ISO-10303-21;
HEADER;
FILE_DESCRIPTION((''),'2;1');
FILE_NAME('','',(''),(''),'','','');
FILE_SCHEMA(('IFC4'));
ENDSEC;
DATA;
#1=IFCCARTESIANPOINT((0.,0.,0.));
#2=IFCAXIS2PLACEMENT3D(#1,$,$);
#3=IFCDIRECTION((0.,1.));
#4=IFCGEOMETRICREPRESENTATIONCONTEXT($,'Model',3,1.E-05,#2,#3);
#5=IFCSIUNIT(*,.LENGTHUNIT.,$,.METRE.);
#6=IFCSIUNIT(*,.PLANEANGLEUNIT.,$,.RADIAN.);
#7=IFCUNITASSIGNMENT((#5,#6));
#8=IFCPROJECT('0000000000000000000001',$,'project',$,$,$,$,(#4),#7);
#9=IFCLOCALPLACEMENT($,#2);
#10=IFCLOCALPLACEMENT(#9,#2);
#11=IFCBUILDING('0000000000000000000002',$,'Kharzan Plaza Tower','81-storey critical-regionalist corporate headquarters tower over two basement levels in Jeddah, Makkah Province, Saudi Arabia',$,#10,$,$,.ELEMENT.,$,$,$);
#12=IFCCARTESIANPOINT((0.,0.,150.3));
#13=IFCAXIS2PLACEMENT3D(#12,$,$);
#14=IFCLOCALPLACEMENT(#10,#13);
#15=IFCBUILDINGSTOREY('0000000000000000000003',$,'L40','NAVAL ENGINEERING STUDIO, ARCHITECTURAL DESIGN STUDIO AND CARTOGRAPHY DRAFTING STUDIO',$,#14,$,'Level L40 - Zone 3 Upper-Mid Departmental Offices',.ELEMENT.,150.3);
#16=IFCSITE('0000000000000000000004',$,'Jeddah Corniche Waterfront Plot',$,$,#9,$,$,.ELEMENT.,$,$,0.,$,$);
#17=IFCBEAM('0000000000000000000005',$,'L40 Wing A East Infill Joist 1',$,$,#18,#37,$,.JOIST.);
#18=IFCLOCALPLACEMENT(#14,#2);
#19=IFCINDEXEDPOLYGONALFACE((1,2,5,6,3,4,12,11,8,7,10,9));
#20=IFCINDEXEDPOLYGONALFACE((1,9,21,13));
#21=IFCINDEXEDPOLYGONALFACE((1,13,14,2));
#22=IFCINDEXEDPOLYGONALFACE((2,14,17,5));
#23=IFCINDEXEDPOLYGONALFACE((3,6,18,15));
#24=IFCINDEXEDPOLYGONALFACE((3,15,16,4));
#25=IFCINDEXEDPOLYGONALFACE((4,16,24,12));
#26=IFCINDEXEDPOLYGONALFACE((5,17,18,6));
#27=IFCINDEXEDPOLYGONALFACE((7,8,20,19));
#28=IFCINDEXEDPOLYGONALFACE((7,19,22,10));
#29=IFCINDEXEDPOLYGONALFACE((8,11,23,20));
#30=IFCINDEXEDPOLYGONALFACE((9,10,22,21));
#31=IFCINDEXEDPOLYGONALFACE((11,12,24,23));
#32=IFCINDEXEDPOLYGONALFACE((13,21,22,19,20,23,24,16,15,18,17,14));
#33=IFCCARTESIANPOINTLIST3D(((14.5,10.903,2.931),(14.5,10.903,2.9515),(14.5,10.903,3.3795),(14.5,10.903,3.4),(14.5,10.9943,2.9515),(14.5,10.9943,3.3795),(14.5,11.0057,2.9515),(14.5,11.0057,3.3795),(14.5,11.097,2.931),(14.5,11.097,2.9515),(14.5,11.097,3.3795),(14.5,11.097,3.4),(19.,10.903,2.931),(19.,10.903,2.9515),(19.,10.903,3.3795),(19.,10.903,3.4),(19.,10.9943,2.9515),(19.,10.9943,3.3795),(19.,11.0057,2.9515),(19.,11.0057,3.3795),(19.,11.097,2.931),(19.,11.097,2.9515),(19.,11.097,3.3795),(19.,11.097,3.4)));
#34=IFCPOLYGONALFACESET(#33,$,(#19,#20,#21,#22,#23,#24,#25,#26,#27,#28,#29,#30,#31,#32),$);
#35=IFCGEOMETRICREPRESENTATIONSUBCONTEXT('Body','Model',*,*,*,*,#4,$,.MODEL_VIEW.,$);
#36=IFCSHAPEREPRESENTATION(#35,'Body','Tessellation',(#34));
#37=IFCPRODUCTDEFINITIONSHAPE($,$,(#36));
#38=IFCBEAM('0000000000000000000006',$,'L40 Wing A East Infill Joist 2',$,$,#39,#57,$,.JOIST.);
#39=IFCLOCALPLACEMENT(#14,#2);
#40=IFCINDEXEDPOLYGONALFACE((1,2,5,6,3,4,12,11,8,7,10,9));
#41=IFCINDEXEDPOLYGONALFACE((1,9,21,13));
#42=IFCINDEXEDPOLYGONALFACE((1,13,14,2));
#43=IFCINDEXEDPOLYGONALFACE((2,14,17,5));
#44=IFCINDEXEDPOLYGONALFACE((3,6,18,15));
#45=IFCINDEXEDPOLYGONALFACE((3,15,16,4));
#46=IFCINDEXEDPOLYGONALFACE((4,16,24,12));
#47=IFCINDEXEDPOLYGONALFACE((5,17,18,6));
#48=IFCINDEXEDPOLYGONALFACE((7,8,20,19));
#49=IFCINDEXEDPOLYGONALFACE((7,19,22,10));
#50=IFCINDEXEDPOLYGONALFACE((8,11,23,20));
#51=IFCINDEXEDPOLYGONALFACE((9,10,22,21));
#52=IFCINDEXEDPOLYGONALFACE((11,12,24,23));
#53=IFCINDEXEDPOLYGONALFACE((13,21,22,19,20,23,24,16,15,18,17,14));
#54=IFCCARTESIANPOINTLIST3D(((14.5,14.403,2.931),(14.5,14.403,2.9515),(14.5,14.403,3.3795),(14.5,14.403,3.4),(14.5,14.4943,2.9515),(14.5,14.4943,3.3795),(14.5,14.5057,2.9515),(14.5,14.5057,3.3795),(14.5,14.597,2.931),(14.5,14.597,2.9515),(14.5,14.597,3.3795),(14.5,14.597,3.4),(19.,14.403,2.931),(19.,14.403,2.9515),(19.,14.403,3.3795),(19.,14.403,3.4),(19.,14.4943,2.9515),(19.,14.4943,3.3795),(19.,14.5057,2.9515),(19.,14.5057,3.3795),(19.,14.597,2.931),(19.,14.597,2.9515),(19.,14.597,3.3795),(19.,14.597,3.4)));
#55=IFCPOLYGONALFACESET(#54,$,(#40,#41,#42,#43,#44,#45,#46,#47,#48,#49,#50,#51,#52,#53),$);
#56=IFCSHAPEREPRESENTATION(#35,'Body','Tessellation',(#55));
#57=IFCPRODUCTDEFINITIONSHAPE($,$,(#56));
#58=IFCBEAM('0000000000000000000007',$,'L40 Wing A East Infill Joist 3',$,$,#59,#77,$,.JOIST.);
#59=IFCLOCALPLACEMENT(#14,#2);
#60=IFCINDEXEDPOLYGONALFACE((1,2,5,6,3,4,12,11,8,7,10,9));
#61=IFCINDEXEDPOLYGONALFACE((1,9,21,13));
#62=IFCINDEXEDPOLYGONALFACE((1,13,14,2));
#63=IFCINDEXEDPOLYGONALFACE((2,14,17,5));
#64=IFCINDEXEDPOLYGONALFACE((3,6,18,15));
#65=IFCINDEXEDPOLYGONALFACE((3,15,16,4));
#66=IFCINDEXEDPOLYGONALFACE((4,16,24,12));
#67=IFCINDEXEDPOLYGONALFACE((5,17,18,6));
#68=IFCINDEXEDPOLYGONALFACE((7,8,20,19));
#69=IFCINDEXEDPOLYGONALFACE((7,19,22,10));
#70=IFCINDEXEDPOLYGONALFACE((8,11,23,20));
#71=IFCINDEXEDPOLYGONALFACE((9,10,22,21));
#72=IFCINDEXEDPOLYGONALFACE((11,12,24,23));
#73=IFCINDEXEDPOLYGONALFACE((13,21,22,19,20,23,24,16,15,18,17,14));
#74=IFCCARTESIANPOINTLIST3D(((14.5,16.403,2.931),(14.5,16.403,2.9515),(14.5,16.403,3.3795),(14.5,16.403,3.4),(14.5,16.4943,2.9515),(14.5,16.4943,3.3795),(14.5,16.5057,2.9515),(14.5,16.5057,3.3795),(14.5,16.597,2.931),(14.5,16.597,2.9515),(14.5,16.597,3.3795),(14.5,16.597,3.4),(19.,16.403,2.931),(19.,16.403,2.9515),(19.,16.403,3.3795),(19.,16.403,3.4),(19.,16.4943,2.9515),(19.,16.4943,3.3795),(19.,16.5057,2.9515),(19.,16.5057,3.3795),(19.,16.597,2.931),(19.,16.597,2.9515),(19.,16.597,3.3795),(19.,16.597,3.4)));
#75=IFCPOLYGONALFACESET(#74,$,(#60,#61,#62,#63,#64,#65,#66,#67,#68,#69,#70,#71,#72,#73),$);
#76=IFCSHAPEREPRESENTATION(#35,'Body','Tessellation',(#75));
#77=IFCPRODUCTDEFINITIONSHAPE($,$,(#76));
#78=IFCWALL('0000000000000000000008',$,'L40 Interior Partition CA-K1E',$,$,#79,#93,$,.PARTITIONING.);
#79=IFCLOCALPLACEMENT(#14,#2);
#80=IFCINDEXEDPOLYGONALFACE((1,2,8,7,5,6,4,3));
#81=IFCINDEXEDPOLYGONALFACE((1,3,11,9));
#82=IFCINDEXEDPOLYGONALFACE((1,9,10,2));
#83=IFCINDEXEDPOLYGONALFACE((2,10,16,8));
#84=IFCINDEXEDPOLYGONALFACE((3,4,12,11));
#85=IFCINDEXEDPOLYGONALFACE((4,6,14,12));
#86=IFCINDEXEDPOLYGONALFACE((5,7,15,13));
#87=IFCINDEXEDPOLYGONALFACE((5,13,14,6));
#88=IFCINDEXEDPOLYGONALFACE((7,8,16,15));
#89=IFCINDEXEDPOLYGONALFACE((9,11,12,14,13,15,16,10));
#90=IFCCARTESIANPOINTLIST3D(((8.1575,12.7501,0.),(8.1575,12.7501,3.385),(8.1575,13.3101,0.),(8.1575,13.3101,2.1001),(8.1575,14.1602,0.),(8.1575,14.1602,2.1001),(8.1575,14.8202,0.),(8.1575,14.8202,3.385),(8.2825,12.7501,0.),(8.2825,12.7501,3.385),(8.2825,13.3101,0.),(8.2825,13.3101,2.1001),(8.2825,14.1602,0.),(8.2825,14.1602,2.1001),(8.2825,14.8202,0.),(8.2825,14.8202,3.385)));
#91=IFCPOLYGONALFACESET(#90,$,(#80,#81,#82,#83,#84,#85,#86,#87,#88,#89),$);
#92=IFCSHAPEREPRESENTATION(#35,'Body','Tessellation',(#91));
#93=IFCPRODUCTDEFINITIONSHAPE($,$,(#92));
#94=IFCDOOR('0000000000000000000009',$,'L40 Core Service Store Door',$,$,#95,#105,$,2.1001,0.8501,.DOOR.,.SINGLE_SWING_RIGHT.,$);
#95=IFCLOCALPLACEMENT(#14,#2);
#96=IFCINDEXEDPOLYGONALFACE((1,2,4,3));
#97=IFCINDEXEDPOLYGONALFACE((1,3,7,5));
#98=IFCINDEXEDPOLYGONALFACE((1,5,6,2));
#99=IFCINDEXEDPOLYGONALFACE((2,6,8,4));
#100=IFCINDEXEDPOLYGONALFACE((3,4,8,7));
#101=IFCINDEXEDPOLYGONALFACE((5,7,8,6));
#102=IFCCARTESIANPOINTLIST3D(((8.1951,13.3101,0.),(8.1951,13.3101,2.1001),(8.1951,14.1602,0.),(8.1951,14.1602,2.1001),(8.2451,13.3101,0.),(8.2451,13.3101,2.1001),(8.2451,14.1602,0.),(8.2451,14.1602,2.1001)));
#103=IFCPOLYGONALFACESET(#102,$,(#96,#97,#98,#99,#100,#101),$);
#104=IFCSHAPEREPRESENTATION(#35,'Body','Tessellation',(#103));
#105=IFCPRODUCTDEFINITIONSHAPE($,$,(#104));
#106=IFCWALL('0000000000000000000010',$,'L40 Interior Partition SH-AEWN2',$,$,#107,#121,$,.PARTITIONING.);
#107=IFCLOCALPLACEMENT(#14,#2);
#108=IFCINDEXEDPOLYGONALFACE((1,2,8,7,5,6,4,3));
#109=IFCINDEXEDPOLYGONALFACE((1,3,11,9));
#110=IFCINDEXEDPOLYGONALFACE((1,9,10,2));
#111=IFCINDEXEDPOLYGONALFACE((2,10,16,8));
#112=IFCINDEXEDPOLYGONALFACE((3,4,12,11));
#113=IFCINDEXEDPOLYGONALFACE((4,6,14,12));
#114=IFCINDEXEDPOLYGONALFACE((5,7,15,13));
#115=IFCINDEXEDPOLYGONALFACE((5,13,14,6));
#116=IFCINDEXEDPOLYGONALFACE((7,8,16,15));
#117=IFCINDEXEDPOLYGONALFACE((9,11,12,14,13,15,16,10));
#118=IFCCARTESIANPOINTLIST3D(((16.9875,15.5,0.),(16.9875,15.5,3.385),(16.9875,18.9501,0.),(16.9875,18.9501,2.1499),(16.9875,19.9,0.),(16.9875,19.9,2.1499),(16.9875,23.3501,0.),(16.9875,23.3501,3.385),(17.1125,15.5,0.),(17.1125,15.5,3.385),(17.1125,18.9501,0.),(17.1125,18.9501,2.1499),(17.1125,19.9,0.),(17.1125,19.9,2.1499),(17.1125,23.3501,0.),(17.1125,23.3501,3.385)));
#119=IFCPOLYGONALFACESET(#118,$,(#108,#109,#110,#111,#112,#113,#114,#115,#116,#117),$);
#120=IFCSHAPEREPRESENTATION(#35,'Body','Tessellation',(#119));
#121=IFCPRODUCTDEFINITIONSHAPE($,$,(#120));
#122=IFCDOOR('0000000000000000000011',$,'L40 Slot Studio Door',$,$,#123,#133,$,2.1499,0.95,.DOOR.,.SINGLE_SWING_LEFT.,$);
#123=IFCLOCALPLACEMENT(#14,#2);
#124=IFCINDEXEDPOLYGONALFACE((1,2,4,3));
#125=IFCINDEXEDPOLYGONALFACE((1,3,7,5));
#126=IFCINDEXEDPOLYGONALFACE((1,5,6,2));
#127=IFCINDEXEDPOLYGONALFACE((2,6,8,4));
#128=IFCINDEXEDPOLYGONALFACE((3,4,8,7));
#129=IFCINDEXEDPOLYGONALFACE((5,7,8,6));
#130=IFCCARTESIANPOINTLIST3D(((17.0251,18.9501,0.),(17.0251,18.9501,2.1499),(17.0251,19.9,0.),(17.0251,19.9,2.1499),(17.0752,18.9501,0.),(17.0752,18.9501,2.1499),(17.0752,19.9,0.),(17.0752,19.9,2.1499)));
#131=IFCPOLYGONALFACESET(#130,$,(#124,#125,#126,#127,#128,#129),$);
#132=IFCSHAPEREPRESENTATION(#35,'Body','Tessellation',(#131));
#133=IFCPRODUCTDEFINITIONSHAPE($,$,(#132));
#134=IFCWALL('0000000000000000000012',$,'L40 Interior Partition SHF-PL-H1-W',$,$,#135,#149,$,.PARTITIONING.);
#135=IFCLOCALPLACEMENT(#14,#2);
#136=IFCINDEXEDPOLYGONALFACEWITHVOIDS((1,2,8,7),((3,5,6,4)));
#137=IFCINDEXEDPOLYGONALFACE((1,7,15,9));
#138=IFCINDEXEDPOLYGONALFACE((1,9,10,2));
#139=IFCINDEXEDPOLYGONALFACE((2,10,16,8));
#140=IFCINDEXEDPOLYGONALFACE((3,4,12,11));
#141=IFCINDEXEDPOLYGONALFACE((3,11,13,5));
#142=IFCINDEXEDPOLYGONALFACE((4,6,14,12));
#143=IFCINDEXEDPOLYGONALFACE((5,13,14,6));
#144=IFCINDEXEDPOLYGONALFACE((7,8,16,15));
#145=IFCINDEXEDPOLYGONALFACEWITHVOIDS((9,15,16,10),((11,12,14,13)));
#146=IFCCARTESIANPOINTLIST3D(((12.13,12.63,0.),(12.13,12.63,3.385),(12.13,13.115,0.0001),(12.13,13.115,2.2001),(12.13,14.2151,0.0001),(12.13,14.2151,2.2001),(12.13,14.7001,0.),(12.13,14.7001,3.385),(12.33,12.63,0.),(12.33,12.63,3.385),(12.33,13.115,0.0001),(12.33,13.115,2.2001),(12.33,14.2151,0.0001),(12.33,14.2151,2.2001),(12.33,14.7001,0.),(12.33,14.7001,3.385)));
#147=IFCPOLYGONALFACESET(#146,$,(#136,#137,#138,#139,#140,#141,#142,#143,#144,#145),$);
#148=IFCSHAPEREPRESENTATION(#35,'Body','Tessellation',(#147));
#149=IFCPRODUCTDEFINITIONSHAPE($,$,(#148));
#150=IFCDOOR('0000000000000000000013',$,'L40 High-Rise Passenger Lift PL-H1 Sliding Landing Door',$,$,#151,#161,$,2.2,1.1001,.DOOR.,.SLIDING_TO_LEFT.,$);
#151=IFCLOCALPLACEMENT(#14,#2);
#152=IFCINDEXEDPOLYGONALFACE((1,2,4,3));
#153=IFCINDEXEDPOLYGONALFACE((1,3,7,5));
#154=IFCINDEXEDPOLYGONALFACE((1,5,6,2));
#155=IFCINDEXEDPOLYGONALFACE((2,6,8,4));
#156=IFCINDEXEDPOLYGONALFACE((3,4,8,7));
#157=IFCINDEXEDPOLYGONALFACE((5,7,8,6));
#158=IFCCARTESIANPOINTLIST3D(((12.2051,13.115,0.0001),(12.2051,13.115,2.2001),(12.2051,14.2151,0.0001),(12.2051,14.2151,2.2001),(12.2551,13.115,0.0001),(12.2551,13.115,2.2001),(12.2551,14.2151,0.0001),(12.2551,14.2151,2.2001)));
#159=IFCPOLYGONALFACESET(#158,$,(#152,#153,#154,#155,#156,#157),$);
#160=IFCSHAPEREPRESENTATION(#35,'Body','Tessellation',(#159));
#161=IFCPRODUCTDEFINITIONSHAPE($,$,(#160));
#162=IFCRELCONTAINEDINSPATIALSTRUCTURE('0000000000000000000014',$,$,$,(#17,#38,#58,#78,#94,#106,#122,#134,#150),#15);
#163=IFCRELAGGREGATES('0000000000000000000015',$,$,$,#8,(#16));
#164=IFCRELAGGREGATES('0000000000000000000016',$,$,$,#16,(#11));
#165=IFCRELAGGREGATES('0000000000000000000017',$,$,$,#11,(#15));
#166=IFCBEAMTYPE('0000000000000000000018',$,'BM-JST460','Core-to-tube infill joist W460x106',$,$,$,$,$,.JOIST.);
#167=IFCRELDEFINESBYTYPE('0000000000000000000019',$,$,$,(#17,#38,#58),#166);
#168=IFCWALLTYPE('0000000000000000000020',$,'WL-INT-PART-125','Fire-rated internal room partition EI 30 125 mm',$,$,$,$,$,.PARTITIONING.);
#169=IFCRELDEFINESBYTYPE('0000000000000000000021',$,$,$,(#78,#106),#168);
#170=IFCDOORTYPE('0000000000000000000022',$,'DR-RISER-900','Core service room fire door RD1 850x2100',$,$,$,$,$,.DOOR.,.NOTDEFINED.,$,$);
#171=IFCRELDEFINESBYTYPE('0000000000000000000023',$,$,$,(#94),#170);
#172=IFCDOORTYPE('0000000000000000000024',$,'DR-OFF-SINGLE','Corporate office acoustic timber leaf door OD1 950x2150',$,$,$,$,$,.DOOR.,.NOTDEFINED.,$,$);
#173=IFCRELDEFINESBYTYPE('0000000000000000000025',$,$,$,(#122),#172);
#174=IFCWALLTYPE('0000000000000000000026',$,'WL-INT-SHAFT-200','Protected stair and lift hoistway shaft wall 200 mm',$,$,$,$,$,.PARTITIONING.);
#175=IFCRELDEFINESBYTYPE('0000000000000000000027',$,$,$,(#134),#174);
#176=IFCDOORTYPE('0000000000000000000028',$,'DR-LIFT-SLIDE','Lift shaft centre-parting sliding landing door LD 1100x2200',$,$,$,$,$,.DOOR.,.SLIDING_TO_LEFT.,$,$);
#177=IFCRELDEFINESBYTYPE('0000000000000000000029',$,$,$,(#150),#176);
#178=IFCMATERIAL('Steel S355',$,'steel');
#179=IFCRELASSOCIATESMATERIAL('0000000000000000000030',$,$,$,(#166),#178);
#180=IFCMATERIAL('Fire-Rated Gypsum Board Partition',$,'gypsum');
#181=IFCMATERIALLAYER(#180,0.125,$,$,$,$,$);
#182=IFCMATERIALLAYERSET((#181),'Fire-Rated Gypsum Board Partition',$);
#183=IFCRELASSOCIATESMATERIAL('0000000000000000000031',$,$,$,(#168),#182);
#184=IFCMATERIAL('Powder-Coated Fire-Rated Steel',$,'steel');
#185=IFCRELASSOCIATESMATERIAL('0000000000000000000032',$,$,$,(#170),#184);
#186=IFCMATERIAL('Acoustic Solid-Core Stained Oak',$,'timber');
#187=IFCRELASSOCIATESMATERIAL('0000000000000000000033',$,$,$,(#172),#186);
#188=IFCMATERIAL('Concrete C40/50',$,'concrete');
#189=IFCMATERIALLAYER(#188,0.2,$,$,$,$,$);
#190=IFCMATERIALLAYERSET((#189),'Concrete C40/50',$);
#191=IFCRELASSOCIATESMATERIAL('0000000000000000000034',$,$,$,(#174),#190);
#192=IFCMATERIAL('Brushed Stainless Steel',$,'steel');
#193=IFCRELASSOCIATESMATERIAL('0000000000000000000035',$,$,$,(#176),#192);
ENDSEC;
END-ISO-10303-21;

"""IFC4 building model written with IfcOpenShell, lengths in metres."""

from ifc_helpers import new_model, si_unit, direction, frame, frame_2d, origin, origin_2d, place, context, subcontext, project, spatial, rectangle, i_section, extrude, source, transform, mapped, material, layer, layer_set, material_profile, profile_set, type_object, element, fill, save


model = new_model("IFC4")

# Units and contexts
model_context = context("Model", 3, precision=1e-05, world=origin(), true_north=direction((0.0, 1.0)))
body_context = subcontext(model_context, "Body", "Model", "MODEL_VIEW")
ifc_project = project(units=[si_unit("LENGTHUNIT", "METRE"), si_unit("PLANEANGLEUNIT", "RADIAN")], contexts=[model_context])

# Site, building, storey
site_placement = place(None, origin())
site = spatial("IfcSite", under=ifc_project, at=site_placement, Name="Jeddah Corniche Waterfront Plot", CompositionType="ELEMENT", RefElevation=0.0)
building_placement = place(site_placement, origin())
building = spatial("IfcBuilding", under=site, at=building_placement, Name="Kharzan Plaza Tower", Description="81-storey critical-regionalist corporate headquarters tower over two basement levels in Jeddah, Makkah Province, Saudi Arabia", CompositionType="ELEMENT")
storey_placement = place(building_placement, frame((0.0, 0.0, 150.3)))
storey = spatial("IfcBuildingStorey", under=building, at=storey_placement, Name="L40", Description="NAVAL ENGINEERING STUDIO, ARCHITECTURAL DESIGN STUDIO AND CARTOGRAPHY DRAFTING STUDIO", LongName="Level L40 - Zone 3 Upper-Mid Departmental Offices", CompositionType="ELEMENT", Elevation=150.3)

# Beams
ifc_material_1 = material(Name="Steel S355", Category="steel")
ifc_material_profile = material_profile(ifc_material_1, i_section(OverallWidth=0.1941, OverallDepth=0.469, WebThickness=0.0115, FlangeThickness=0.0205, at=origin_2d()), Name="W460x106")
ifc_profile_set = profile_set([ifc_material_profile], Name="Steel S355")
beam_type = type_object("IfcBeamType", Name="BM-JST460", Description="Core-to-tube infill joist W460x106", PredefinedType="JOIST", material=ifc_profile_set)
shared_shape_1 = source(origin(), body_context, "Body", "SweptSolid", [
    extrude(i_section(OverallWidth=0.1941, OverallDepth=0.469, WebThickness=0.0115, FlangeThickness=0.0205, at=origin_2d()), origin(), (0.0, 0.0, 1.0), 4.5),
])
for number, where, z_axis, x_axis, name in (
    (1, (14.5, 11.0, 3.1655), (1.0, 0.0, 0.0), (0.0, 1.0, 0.0), "L40 Wing A East Infill Joist 1"),
    (2, (14.5, 14.5, 3.1655), (1.0, 0.0, 0.0), (0.0, 1.0, 0.0), "L40 Wing A East Infill Joist 2"),
    (3, (14.5, 16.5, 3.1655), (1.0, 0.0, 0.0), (0.0, 1.0, 0.0), "L40 Wing A East Infill Joist 3"),
):
    element("IfcBeam", number, at=place(storey_placement, frame(where, z_axis=z_axis, x_axis=x_axis)), inside=storey, type_object=beam_type, Name=name, PredefinedType="JOIST", context=body_context, shape_type="MappedRepresentation", body=[
        mapped(shared_shape_1, transform((0.0, 0.0, 0.0), x_axis=(1.0, 0.0, 0.0), y_axis=(0.0, 1.0, 0.0), z_axis=(0.0, 0.0, 1.0))),
    ])

# Walls, openings, doors
ifc_material_2 = material(Name="Fire-Rated Gypsum Board Partition", Category="gypsum")
ifc_layer_1 = layer(ifc_material_2, 0.125)
ifc_layer_set_1 = layer_set([ifc_layer_1], Name="Fire-Rated Gypsum Board Partition")
wall_type_1 = type_object("IfcWallType", Name="WL-INT-PART-125", Description="Fire-rated internal room partition EI 30 125 mm", PredefinedType="PARTITIONING", material=ifc_layer_set_1)
wall_1_placement = place(storey_placement, frame((8.22, 12.75, 0.0), z_axis=(0.0, 0.0, 1.0), x_axis=(0.0, 1.0, 0.0)))
wall_1 = element("IfcWall", 4, at=wall_1_placement, inside=storey, type_object=wall_type_1, Name="L40 Interior Partition CA-K1E", PredefinedType="PARTITIONING", context=body_context, shape_type="SweptSolid", body=[
    extrude(rectangle(XDim=2.0701, YDim=0.125, at=frame_2d((1.0352, 0.0))), origin(), (0.0, 0.0, 1.0), 3.385),
])
opening_1_placement = place(wall_1_placement, frame((0.5601, 0.0, 0.0)))
opening_1 = element("IfcOpeningElement", 5, at=opening_1_placement, cuts=wall_1, PredefinedType="OPENING", context=body_context, shape_type="SweptSolid", body=[
    extrude(rectangle(XDim=0.8501, YDim=2.1001, at=frame_2d((0.425, 1.05))), frame((0.0, 0.0725, 0.0), z_axis=(0.0, -1.0, 0.0), x_axis=(1.0, 0.0, 0.0)), (0.0, 0.0, 1.0), 0.145),
])
ifc_material_3 = material(Name="Powder-Coated Fire-Rated Steel", Category="steel")
door_type_1 = type_object("IfcDoorType", Name="DR-RISER-900", Description="Core service room fire door RD1 850x2100", OperationType="NOTDEFINED", PredefinedType="DOOR", material=ifc_material_3)
shared_shape_2 = source(origin(), body_context, "Body", "SweptSolid", [
    extrude(rectangle(XDim=0.8501, YDim=2.1001, at=frame_2d((0.425, 1.05))), frame((0.0, 0.0249, 0.0), z_axis=(0.0, -1.0, 0.0), x_axis=(1.0, 0.0, 0.0)), (0.0, 0.0, 1.0), 0.05),
])
door_1_placement = place(opening_1_placement, origin())
door_1 = element("IfcDoor", 6, at=door_1_placement, inside=storey, type_object=door_type_1, Name="L40 Core Service Store Door", OperationType="SINGLE_SWING_RIGHT", OverallHeight=2.1001, OverallWidth=0.8501, PredefinedType="DOOR", context=body_context, shape_type="MappedRepresentation", body=[
    mapped(shared_shape_2, transform((0.0, 0.0, 0.0), x_axis=(1.0, 0.0, 0.0), y_axis=(0.0, 1.0, 0.0), z_axis=(0.0, 0.0, 1.0))),
])
fill(opening_1, door_1)
ifc_material_4 = material(Name="Acoustic Solid-Core Stained Oak", Category="timber")
door_type_2 = type_object("IfcDoorType", Name="DR-OFF-SINGLE", Description="Corporate office acoustic timber leaf door OD1 950x2150", OperationType="NOTDEFINED", PredefinedType="DOOR", material=ifc_material_4)
shared_shape_3 = source(origin(), body_context, "Body", "SweptSolid", [
    extrude(rectangle(XDim=0.95, YDim=2.1499, at=frame_2d((0.4751, 1.075))), frame((0.0, 0.0249, 0.0), z_axis=(0.0, -1.0, 0.0), x_axis=(1.0, 0.0, 0.0)), (0.0, 0.0, 1.0), 0.05),
])
wall_2_placement = place(storey_placement, frame((17.05, 15.5, 0.0), z_axis=(0.0, 0.0, 1.0), x_axis=(0.0, 1.0, 0.0)))
wall_2 = element("IfcWall", 7, at=wall_2_placement, inside=storey, type_object=wall_type_1, Name="L40 Interior Partition SH-AEWN2", PredefinedType="PARTITIONING", context=body_context, shape_type="SweptSolid", body=[
    extrude(rectangle(XDim=7.8501, YDim=0.125, at=frame_2d((3.925, 0.0))), origin(), (0.0, 0.0, 1.0), 3.385),
])
opening_2_placement = place(wall_2_placement, frame((3.45, 0.0, 0.0)))
opening_2 = element("IfcOpeningElement", 8, at=opening_2_placement, cuts=wall_2, PredefinedType="OPENING", context=body_context, shape_type="SweptSolid", body=[
    extrude(rectangle(XDim=0.95, YDim=2.1499, at=frame_2d((0.4751, 1.075))), frame((0.0, 0.0725, 0.0), z_axis=(0.0, -1.0, 0.0), x_axis=(1.0, 0.0, 0.0)), (0.0, 0.0, 1.0), 0.145),
])
door_2_placement = place(opening_2_placement, origin())
door_2 = element("IfcDoor", 9, at=door_2_placement, inside=storey, type_object=door_type_2, Name="L40 Slot Studio Door", OperationType="SINGLE_SWING_LEFT", OverallHeight=2.1499, OverallWidth=0.95, PredefinedType="DOOR", context=body_context, shape_type="MappedRepresentation", body=[
    mapped(shared_shape_3, transform((0.0, 0.0, 0.0), x_axis=(1.0, 0.0, 0.0), y_axis=(0.0, 1.0, 0.0), z_axis=(0.0, 0.0, 1.0))),
])
fill(opening_2, door_2)
ifc_material_5 = material(Name="Concrete C40/50", Category="concrete")
ifc_layer_2 = layer(ifc_material_5, 0.2)
ifc_layer_set_2 = layer_set([ifc_layer_2], Name="Concrete C40/50")
wall_type_2 = type_object("IfcWallType", Name="WL-INT-SHAFT-200", Description="Protected stair and lift hoistway shaft wall 200 mm", PredefinedType="PARTITIONING", material=ifc_layer_set_2)
wall_3_placement = place(storey_placement, frame((12.23, 12.6299, 0.0), z_axis=(0.0, 0.0, 1.0), x_axis=(0.0, 1.0, 0.0)))
wall_3 = element("IfcWall", 10, at=wall_3_placement, inside=storey, type_object=wall_type_2, Name="L40 Interior Partition SHF-PL-H1-W", PredefinedType="PARTITIONING", context=body_context, shape_type="SweptSolid", body=[
    extrude(rectangle(XDim=2.0701, YDim=0.2, at=frame_2d((1.0352, 0.0))), origin(), (0.0, 0.0, 1.0), 3.385),
])
opening_3_placement = place(wall_3_placement, frame((0.4851, 0.0, 0.0)))
opening_3 = element("IfcOpeningElement", 11, at=opening_3_placement, cuts=wall_3, PredefinedType="OPENING", context=body_context, shape_type="SweptSolid", body=[
    extrude(rectangle(XDim=1.1001, YDim=2.2, at=frame_2d((0.55, 1.1001))), frame((0.0, 0.1099, 0.0), z_axis=(0.0, -1.0, 0.0), x_axis=(1.0, 0.0, 0.0)), (0.0, 0.0, 1.0), 0.22),
])
ifc_material_6 = material(Name="Brushed Stainless Steel", Category="steel")
door_type_3 = type_object("IfcDoorType", Name="DR-LIFT-SLIDE", Description="Lift shaft centre-parting sliding landing door LD 1100x2200", OperationType="SLIDING_TO_LEFT", PredefinedType="DOOR", material=ifc_material_6)
shared_shape_4 = source(origin(), body_context, "Body", "SweptSolid", [
    extrude(rectangle(XDim=1.1001, YDim=2.2, at=frame_2d((0.55, 1.1001))), frame((0.0, 0.0249, 0.0), z_axis=(0.0, -1.0, 0.0), x_axis=(1.0, 0.0, 0.0)), (0.0, 0.0, 1.0), 0.05),
])
door_3_placement = place(opening_3_placement, origin())
door_3 = element("IfcDoor", 12, at=door_3_placement, inside=storey, type_object=door_type_3, Name="L40 High-Rise Passenger Lift PL-H1 Sliding Landing Door", OperationType="SLIDING_TO_LEFT", OverallHeight=2.2, OverallWidth=1.1001, PredefinedType="DOOR", context=body_context, shape_type="MappedRepresentation", body=[
    mapped(shared_shape_4, transform((0.0, 0.0, 0.0), x_axis=(1.0, 0.0, 0.0), y_axis=(0.0, 1.0, 0.0), z_axis=(0.0, 0.0, 1.0))),
])
fill(opening_3, door_3)

save(model, "model.ifc")
